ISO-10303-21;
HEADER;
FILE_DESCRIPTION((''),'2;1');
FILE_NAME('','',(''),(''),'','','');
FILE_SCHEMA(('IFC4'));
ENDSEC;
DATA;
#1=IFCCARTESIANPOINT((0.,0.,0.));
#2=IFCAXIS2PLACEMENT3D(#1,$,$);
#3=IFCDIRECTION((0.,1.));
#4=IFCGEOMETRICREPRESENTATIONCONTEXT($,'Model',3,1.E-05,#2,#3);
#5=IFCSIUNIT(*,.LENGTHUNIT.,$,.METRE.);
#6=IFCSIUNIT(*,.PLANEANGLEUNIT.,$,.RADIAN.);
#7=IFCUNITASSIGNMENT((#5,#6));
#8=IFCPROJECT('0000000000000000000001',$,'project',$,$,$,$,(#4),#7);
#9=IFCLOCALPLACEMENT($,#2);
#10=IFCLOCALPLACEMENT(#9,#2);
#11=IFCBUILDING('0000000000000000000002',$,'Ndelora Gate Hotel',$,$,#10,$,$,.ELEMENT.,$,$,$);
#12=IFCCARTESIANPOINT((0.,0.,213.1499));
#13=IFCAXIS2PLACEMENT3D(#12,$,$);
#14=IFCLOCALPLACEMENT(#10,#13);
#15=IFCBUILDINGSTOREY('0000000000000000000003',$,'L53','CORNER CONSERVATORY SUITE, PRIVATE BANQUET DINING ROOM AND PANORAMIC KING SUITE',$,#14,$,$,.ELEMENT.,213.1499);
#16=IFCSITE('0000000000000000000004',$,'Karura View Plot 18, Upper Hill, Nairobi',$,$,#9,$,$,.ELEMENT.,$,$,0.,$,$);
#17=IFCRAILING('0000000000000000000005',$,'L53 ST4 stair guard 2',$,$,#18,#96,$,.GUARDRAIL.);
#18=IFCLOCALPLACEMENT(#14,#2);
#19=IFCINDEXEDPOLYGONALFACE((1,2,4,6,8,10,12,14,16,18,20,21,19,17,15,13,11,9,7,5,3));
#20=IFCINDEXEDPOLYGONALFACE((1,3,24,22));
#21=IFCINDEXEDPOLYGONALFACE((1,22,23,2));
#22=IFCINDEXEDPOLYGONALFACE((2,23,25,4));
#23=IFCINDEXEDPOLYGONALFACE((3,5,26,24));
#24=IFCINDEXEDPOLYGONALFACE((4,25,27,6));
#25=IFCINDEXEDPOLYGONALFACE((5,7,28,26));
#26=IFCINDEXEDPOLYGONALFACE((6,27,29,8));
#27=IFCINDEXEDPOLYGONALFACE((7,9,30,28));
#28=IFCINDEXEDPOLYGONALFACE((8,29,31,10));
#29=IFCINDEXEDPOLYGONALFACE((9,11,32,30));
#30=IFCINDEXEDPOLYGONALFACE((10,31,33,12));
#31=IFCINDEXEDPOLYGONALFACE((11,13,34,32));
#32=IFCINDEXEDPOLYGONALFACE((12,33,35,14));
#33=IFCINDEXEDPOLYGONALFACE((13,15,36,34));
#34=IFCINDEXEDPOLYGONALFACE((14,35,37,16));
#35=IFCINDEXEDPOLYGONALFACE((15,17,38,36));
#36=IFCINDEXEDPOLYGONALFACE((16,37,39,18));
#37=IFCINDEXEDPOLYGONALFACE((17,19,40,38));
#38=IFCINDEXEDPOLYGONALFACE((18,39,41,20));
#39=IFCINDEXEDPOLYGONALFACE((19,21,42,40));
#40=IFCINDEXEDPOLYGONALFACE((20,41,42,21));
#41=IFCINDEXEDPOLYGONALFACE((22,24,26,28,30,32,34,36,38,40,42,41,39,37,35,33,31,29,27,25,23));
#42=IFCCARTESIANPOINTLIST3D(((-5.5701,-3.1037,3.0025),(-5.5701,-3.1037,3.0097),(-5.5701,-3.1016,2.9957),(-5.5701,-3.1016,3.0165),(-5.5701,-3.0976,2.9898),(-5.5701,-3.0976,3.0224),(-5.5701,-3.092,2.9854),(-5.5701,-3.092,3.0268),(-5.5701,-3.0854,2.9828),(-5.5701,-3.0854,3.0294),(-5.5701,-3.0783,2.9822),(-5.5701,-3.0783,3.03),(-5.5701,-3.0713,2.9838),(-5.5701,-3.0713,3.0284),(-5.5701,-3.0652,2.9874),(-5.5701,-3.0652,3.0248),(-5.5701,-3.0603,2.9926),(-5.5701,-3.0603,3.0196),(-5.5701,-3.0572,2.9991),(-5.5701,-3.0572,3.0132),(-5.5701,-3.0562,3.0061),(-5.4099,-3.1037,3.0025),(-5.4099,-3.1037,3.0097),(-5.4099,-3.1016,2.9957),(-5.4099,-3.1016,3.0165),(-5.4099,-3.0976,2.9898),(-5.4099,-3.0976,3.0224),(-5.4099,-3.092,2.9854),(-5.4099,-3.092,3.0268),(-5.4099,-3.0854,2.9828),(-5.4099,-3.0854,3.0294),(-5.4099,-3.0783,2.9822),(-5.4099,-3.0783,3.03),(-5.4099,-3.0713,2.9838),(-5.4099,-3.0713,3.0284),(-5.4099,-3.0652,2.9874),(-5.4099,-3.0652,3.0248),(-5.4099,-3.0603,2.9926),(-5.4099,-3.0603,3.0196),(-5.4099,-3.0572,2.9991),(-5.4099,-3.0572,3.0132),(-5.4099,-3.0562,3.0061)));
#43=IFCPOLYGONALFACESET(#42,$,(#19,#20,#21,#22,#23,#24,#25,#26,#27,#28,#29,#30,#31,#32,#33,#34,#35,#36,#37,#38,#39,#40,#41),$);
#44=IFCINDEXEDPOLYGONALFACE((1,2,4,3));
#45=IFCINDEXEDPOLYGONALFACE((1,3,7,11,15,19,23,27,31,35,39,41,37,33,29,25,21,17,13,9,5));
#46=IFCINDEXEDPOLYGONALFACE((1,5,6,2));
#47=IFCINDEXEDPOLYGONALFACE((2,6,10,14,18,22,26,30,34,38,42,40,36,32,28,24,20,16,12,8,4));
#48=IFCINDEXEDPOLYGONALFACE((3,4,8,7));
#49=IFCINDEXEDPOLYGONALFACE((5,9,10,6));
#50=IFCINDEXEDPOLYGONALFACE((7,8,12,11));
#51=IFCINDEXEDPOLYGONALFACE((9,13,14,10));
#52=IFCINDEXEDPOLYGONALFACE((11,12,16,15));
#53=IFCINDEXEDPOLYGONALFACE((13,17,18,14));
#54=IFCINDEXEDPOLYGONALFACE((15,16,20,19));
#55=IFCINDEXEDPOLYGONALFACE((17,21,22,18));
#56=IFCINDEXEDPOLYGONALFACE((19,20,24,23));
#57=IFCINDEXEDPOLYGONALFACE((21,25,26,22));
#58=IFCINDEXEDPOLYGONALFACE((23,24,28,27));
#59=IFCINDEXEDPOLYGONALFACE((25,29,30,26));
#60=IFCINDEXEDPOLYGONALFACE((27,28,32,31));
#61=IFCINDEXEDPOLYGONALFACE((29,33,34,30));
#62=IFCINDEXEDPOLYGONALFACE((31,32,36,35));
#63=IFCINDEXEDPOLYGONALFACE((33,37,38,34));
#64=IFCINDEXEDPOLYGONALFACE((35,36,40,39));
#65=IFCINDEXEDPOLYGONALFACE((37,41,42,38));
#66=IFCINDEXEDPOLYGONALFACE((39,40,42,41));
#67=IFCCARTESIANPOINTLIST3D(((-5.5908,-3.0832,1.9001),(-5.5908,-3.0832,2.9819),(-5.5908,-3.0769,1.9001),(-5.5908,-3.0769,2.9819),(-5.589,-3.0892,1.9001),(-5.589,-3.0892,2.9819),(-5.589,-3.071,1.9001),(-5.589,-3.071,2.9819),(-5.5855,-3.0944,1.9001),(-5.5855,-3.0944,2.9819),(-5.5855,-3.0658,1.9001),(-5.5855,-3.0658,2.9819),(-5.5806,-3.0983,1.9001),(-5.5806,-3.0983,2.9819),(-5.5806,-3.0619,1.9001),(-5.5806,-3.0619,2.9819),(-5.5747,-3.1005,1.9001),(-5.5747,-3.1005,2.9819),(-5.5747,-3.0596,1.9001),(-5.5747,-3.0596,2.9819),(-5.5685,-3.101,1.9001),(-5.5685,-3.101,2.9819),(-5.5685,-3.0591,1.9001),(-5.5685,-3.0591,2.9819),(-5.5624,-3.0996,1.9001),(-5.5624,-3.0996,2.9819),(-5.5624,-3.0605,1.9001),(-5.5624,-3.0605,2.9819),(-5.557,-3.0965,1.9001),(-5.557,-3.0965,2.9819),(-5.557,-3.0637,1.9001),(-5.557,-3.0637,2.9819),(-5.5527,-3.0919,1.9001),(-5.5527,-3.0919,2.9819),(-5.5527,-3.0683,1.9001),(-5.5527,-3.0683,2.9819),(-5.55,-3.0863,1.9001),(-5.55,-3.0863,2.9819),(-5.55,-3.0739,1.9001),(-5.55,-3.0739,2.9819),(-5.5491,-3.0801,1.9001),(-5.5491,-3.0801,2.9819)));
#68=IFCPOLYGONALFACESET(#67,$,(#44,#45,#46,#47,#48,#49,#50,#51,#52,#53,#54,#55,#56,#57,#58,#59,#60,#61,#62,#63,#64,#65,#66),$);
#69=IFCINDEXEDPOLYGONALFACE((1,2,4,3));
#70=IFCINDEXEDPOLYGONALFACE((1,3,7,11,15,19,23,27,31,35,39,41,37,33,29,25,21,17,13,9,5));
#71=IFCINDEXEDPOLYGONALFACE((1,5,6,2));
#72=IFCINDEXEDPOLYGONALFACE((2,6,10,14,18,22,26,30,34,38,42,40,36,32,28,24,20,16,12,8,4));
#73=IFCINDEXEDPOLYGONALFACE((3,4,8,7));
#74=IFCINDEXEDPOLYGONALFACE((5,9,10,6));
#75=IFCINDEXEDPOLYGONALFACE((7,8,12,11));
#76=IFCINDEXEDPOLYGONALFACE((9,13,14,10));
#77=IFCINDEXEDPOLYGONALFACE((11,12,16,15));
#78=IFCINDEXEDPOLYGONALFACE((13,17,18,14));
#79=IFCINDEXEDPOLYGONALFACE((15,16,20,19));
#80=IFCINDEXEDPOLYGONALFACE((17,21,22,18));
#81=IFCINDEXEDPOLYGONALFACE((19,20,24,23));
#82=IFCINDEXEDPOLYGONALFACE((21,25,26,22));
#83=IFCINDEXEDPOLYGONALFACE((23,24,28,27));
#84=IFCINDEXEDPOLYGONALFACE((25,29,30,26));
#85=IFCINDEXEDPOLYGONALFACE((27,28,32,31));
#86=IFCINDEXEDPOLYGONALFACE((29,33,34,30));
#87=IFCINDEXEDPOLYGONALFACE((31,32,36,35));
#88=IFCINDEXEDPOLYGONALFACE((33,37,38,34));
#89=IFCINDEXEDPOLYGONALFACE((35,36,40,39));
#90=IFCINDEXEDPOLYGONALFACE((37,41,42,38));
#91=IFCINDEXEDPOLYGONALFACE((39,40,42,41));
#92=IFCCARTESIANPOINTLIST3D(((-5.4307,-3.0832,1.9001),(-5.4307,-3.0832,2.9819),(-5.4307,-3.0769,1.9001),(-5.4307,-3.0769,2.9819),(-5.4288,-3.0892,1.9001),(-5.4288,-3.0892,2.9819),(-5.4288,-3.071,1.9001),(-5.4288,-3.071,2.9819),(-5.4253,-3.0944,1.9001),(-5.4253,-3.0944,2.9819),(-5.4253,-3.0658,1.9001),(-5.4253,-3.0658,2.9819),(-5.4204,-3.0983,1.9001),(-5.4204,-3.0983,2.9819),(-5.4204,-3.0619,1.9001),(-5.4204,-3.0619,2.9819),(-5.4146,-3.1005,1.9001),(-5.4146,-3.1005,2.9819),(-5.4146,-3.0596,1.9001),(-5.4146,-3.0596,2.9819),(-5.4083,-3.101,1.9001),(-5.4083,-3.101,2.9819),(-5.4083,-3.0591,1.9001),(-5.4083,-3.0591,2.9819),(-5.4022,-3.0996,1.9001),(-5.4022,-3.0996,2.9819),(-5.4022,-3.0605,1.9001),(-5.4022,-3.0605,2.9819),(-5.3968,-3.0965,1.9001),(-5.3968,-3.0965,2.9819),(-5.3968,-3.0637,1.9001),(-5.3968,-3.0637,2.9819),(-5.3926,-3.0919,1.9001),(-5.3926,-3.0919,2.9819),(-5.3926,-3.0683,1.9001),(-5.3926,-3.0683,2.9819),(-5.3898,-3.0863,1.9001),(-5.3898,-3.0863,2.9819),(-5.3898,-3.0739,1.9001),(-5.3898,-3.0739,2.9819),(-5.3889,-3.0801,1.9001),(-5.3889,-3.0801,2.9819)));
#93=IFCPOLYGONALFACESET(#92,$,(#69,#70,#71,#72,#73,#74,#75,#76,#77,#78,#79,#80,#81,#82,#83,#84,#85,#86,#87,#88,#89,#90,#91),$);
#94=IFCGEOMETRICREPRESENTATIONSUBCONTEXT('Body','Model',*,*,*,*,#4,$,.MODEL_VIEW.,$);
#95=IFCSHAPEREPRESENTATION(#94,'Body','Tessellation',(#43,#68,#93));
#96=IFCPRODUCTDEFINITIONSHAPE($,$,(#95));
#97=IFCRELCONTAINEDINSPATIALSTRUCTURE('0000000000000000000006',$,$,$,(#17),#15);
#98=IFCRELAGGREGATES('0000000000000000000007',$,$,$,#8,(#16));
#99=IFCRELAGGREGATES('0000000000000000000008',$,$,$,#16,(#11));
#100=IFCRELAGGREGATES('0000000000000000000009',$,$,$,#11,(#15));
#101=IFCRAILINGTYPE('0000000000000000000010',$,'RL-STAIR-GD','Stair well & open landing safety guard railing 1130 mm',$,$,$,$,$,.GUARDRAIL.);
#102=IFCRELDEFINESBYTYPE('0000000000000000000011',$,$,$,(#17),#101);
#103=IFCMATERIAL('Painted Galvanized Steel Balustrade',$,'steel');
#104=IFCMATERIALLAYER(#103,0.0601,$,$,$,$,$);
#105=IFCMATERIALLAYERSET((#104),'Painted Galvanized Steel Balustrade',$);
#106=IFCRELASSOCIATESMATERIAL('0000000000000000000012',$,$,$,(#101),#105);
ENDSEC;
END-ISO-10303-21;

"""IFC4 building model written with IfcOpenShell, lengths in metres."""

from ifc_helpers import new_model, si_unit, direction, frame, origin, origin_2d, place, context, subcontext, project, spatial, circle, extrude, material, layer, layer_set, type_object, element, save


model = new_model("IFC4")

# Units and contexts
model_context = context("Model", 3, precision=1e-05, world=origin(), true_north=direction((0.0, 1.0)))
body_context = subcontext(model_context, "Body", "Model", "MODEL_VIEW")
ifc_project = project(units=[si_unit("LENGTHUNIT", "METRE"), si_unit("PLANEANGLEUNIT", "RADIAN")], contexts=[model_context])

# Site, building, storey
site_placement = place(None, origin())
site = spatial("IfcSite", under=ifc_project, at=site_placement, Name="Karura View Plot 18, Upper Hill, Nairobi", CompositionType="ELEMENT", RefElevation=0.0)
building_placement = place(site_placement, origin())
building = spatial("IfcBuilding", under=site, at=building_placement, Name="Ndelora Gate Hotel", CompositionType="ELEMENT")
storey_placement = place(building_placement, frame((0.0, 0.0, 213.1499)))
storey = spatial("IfcBuildingStorey", under=building, at=storey_placement, Name="L53", Description="CORNER CONSERVATORY SUITE, PRIVATE BANQUET DINING ROOM AND PANORAMIC KING SUITE", CompositionType="ELEMENT", Elevation=213.1499)

# Railing
ifc_material_1 = material(Name="Painted Galvanized Steel Balustrade", Category="steel")
ifc_layer_1 = layer(ifc_material_1, 0.0601)
ifc_layer_set_1 = layer_set([ifc_layer_1], Name="Painted Galvanized Steel Balustrade")
railing_type_1 = type_object("IfcRailingType", Name="RL-STAIR-GD", Description="Stair well & open landing safety guard railing 1130 mm", PredefinedType="GUARDRAIL", material=ifc_layer_set_1)
railing_1_placement = place(storey_placement, frame((-5.5701, -3.0801, 1.9001)))
element("IfcRailing", 1, at=railing_1_placement, inside=storey, type_object=railing_type_1, Name="L53 ST4 stair guard 2", PredefinedType="GUARDRAIL", context=body_context, shape_type="SweptSolid", body=[
    extrude(circle(Radius=0.0239, at=origin_2d()), frame((0.0, 0.0, 1.106), z_axis=(1.0, 0.0, 0.0), x_axis=(0.0, 1.0, 0.0)), (0.0, 0.0, 1.0), 0.1602),
    extrude(circle(Radius=0.021, at=origin_2d()), origin(), (0.0, 0.0, 1.0), 1.0818),
    extrude(circle(Radius=0.021, at=origin_2d()), frame((0.1602, 0.0, 0.0)), (0.0, 0.0, 1.0), 1.0818),
])

save(model, "model.ifc")
